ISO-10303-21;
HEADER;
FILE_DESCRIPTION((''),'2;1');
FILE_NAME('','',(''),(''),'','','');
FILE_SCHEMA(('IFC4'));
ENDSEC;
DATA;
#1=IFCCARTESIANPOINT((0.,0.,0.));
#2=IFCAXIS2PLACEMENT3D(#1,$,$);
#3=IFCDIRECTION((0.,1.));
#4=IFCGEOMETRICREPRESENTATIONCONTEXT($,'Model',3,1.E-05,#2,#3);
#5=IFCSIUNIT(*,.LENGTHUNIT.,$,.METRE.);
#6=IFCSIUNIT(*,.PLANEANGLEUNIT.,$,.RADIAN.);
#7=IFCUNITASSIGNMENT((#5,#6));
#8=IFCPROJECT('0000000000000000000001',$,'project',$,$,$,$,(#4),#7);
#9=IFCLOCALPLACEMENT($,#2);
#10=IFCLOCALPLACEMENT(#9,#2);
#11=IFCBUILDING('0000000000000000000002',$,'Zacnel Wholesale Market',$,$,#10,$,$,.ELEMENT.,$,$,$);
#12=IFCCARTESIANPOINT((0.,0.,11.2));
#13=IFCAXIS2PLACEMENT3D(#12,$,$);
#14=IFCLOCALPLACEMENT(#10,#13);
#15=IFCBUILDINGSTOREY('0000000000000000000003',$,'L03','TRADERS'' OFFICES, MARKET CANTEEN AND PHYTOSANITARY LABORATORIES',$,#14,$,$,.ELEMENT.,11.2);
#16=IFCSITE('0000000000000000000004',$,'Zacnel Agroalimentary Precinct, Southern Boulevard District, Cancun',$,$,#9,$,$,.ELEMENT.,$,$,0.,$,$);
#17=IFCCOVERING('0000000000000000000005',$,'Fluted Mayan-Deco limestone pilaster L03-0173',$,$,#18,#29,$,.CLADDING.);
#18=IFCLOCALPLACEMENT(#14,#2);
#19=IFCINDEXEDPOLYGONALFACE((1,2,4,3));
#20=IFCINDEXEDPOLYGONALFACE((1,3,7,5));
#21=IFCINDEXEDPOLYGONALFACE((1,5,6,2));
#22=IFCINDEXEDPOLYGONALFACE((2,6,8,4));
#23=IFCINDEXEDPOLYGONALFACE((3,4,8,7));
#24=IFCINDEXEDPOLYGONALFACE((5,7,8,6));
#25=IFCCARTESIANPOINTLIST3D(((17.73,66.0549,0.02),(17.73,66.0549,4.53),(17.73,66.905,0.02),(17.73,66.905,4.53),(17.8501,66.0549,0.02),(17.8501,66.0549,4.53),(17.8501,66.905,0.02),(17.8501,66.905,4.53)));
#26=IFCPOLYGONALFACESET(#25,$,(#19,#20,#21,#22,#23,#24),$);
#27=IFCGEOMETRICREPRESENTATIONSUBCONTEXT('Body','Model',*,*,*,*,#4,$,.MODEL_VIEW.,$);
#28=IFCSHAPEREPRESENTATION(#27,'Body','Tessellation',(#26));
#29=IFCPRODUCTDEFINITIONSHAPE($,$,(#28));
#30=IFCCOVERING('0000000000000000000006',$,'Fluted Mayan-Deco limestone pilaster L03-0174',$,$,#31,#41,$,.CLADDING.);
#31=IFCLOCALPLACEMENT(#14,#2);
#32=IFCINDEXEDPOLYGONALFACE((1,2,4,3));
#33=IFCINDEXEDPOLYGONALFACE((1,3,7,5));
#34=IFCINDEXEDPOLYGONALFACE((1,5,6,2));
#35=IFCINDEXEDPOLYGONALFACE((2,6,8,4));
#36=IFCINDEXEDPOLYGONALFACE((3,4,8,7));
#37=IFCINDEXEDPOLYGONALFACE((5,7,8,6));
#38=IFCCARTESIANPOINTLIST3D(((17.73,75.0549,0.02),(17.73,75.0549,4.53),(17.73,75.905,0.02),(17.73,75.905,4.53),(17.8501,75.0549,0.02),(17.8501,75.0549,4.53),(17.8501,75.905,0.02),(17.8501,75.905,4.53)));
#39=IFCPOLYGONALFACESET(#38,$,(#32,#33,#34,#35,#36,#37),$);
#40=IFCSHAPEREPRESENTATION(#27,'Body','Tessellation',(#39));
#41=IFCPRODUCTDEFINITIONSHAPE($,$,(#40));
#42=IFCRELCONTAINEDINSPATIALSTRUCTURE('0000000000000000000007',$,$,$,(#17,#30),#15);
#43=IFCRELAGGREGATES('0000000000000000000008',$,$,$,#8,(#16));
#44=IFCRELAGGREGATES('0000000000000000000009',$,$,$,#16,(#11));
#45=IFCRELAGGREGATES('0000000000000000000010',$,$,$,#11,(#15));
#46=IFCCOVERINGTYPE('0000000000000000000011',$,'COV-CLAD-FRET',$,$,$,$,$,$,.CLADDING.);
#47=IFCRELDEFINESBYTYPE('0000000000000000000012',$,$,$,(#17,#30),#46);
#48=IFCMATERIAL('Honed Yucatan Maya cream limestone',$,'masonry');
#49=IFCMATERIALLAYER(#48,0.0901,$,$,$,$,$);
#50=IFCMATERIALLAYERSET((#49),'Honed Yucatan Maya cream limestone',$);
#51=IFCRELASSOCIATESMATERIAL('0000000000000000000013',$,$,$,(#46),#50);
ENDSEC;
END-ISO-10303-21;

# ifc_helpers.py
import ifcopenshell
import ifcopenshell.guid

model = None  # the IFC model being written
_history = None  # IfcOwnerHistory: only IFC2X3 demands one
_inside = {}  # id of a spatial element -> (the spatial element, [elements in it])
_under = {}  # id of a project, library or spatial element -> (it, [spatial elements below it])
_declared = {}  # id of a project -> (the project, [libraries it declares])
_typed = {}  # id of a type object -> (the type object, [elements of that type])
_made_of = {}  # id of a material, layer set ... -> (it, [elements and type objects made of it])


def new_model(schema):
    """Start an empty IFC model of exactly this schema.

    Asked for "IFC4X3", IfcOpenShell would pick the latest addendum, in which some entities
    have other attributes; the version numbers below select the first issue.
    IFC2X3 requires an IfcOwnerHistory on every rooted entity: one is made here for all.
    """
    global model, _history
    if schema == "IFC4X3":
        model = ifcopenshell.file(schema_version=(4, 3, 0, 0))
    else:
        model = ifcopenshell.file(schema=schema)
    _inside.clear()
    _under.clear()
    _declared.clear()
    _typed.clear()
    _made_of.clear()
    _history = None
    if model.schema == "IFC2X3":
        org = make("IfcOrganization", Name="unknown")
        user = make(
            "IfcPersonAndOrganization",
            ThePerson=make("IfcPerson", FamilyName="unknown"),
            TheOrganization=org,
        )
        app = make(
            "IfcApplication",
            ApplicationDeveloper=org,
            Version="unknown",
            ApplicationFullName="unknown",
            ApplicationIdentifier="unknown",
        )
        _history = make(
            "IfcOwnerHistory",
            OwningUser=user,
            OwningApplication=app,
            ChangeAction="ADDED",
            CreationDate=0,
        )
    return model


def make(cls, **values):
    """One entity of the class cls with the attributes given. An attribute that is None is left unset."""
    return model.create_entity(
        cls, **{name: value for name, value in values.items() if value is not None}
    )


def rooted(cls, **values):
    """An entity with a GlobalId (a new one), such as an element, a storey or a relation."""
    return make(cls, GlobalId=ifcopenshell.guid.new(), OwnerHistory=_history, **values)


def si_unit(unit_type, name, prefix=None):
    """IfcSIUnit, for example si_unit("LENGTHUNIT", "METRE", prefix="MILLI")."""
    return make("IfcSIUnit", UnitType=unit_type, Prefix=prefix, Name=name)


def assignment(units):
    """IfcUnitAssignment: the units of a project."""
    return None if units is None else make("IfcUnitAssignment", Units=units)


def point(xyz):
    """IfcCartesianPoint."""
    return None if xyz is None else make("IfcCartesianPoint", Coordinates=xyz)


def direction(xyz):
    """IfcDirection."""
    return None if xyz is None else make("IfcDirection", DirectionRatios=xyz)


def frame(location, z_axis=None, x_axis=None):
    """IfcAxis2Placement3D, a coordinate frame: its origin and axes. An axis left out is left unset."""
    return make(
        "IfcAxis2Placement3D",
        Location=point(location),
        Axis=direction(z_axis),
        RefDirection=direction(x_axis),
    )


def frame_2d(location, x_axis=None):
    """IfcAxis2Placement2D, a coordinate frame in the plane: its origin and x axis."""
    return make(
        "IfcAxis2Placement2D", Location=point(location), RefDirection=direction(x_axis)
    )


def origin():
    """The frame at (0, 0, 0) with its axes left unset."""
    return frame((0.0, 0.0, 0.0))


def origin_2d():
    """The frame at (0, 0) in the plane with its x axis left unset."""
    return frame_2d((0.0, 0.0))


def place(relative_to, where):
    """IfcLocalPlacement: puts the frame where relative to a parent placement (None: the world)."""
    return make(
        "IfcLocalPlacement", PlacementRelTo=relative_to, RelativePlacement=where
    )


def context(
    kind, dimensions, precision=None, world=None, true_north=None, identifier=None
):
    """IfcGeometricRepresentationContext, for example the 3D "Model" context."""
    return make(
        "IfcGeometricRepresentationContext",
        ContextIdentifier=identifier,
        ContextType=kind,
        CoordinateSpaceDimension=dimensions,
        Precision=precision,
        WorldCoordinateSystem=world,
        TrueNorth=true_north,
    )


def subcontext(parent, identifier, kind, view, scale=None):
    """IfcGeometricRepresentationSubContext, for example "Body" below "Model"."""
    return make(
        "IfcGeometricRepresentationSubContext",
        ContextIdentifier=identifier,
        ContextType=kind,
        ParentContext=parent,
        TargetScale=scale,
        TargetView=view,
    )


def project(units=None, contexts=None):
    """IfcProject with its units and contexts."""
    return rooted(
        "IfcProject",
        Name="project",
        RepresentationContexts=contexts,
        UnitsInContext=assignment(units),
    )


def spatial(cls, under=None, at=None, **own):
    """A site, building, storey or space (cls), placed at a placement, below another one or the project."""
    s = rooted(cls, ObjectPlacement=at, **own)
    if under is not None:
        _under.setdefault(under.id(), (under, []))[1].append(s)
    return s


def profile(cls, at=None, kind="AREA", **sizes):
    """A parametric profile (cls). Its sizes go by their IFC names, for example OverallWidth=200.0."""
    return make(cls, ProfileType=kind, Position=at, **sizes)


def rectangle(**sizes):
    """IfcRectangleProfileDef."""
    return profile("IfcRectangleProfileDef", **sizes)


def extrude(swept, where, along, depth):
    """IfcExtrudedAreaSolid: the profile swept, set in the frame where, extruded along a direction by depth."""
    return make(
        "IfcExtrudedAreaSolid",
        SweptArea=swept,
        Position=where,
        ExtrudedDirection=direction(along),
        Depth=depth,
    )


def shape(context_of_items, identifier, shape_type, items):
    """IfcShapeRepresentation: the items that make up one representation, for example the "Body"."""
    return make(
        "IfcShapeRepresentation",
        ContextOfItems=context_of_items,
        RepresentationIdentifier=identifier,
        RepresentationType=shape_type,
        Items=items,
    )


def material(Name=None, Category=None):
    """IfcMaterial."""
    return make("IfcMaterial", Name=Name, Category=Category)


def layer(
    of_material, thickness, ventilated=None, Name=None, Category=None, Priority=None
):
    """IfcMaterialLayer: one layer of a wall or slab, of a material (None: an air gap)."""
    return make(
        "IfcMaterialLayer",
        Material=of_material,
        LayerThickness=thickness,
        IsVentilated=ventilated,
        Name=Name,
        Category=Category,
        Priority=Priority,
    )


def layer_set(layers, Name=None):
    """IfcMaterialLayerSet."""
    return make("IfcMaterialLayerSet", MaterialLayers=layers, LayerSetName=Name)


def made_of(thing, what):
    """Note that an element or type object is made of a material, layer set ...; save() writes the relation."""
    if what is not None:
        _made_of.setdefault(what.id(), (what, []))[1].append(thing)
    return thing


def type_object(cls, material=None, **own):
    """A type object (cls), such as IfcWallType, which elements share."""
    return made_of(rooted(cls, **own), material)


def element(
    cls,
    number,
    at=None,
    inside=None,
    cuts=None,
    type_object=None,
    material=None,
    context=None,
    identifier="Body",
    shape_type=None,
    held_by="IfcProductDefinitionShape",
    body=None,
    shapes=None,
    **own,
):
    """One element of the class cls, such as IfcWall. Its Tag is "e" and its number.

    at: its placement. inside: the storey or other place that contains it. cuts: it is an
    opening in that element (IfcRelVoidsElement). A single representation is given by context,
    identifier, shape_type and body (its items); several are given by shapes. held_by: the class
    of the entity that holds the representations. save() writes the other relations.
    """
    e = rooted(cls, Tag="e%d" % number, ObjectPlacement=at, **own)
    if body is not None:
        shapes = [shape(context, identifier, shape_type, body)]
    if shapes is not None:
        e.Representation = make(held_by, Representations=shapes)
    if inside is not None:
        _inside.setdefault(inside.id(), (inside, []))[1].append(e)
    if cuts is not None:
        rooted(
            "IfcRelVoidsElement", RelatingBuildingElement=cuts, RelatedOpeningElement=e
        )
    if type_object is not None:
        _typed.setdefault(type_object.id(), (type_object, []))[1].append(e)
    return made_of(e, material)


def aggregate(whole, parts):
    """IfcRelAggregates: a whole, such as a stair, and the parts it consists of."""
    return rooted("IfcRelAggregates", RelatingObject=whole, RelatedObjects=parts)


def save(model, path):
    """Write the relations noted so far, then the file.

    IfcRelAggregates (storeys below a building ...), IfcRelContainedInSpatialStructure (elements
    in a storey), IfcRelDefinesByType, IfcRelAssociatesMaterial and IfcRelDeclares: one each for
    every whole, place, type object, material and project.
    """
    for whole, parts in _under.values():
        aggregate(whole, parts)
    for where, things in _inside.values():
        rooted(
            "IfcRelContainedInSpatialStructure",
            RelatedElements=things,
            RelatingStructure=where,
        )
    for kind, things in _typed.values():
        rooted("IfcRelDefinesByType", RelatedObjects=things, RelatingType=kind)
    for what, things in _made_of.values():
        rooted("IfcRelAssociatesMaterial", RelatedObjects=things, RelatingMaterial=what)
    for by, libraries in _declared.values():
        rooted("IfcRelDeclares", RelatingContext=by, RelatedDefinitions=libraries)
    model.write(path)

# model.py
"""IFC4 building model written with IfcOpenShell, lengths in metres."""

from ifc_helpers import new_model, si_unit, direction, frame, origin, origin_2d, place, context, subcontext, project, spatial, rectangle, extrude, material, layer, layer_set, type_object, element, save


model = new_model("IFC4")

# Units and contexts
model_context = context("Model", 3, precision=1e-05, world=origin(), true_north=direction((0.0, 1.0)))
body_context = subcontext(model_context, "Body", "Model", "MODEL_VIEW")
ifc_project = project(units=[si_unit("LENGTHUNIT", "METRE"), si_unit("PLANEANGLEUNIT", "RADIAN")], contexts=[model_context])

# Site, building, storey
site_placement = place(None, origin())
site = spatial("IfcSite", under=ifc_project, at=site_placement, Name="Zacnel Agroalimentary Precinct, Southern Boulevard District, Cancun", CompositionType="ELEMENT", RefElevation=0.0)
building_placement = place(site_placement, origin())
building = spatial("IfcBuilding", under=site, at=building_placement, Name="Zacnel Wholesale Market", CompositionType="ELEMENT")
storey_placement = place(building_placement, frame((0.0, 0.0, 11.2)))
storey = spatial("IfcBuildingStorey", under=building, at=storey_placement, Name="L03", Description="TRADERS' OFFICES, MARKET CANTEEN AND PHYTOSANITARY LABORATORIES", CompositionType="ELEMENT", Elevation=11.2)

# Coverings
ifc_material_1 = material(Name="Honed Yucatan Maya cream limestone", Category="masonry")
ifc_layer_1 = layer(ifc_material_1, 0.0901)
ifc_layer_set_1 = layer_set([ifc_layer_1], Name="Honed Yucatan Maya cream limestone")
covering_type = type_object("IfcCoveringType", Name="COV-CLAD-FRET", PredefinedType="CLADDING", material=ifc_layer_set_1)
for number, where, z_axis, x_axis, name in (
    (1, (17.79, 66.48, 0.02), (0.0, 0.0, 1.0), (0.0, 1.0, 0.0), "Fluted Mayan-Deco limestone pilaster L03-0173"),
    (2, (17.79, 75.48, 0.02), (0.0, 0.0, 1.0), (0.0, 1.0, 0.0), "Fluted Mayan-Deco limestone pilaster L03-0174"),
):
    element("IfcCovering", number, at=place(storey_placement, frame(where, z_axis=z_axis, x_axis=x_axis)), inside=storey, type_object=covering_type, Name=name, PredefinedType="CLADDING", context=body_context, shape_type="SweptSolid", body=[
        extrude(rectangle(XDim=0.8501, YDim=0.1201, at=origin_2d()), origin(), (0.0, 0.0, 1.0), 4.51),
    ])

save(model, "model.ifc")
